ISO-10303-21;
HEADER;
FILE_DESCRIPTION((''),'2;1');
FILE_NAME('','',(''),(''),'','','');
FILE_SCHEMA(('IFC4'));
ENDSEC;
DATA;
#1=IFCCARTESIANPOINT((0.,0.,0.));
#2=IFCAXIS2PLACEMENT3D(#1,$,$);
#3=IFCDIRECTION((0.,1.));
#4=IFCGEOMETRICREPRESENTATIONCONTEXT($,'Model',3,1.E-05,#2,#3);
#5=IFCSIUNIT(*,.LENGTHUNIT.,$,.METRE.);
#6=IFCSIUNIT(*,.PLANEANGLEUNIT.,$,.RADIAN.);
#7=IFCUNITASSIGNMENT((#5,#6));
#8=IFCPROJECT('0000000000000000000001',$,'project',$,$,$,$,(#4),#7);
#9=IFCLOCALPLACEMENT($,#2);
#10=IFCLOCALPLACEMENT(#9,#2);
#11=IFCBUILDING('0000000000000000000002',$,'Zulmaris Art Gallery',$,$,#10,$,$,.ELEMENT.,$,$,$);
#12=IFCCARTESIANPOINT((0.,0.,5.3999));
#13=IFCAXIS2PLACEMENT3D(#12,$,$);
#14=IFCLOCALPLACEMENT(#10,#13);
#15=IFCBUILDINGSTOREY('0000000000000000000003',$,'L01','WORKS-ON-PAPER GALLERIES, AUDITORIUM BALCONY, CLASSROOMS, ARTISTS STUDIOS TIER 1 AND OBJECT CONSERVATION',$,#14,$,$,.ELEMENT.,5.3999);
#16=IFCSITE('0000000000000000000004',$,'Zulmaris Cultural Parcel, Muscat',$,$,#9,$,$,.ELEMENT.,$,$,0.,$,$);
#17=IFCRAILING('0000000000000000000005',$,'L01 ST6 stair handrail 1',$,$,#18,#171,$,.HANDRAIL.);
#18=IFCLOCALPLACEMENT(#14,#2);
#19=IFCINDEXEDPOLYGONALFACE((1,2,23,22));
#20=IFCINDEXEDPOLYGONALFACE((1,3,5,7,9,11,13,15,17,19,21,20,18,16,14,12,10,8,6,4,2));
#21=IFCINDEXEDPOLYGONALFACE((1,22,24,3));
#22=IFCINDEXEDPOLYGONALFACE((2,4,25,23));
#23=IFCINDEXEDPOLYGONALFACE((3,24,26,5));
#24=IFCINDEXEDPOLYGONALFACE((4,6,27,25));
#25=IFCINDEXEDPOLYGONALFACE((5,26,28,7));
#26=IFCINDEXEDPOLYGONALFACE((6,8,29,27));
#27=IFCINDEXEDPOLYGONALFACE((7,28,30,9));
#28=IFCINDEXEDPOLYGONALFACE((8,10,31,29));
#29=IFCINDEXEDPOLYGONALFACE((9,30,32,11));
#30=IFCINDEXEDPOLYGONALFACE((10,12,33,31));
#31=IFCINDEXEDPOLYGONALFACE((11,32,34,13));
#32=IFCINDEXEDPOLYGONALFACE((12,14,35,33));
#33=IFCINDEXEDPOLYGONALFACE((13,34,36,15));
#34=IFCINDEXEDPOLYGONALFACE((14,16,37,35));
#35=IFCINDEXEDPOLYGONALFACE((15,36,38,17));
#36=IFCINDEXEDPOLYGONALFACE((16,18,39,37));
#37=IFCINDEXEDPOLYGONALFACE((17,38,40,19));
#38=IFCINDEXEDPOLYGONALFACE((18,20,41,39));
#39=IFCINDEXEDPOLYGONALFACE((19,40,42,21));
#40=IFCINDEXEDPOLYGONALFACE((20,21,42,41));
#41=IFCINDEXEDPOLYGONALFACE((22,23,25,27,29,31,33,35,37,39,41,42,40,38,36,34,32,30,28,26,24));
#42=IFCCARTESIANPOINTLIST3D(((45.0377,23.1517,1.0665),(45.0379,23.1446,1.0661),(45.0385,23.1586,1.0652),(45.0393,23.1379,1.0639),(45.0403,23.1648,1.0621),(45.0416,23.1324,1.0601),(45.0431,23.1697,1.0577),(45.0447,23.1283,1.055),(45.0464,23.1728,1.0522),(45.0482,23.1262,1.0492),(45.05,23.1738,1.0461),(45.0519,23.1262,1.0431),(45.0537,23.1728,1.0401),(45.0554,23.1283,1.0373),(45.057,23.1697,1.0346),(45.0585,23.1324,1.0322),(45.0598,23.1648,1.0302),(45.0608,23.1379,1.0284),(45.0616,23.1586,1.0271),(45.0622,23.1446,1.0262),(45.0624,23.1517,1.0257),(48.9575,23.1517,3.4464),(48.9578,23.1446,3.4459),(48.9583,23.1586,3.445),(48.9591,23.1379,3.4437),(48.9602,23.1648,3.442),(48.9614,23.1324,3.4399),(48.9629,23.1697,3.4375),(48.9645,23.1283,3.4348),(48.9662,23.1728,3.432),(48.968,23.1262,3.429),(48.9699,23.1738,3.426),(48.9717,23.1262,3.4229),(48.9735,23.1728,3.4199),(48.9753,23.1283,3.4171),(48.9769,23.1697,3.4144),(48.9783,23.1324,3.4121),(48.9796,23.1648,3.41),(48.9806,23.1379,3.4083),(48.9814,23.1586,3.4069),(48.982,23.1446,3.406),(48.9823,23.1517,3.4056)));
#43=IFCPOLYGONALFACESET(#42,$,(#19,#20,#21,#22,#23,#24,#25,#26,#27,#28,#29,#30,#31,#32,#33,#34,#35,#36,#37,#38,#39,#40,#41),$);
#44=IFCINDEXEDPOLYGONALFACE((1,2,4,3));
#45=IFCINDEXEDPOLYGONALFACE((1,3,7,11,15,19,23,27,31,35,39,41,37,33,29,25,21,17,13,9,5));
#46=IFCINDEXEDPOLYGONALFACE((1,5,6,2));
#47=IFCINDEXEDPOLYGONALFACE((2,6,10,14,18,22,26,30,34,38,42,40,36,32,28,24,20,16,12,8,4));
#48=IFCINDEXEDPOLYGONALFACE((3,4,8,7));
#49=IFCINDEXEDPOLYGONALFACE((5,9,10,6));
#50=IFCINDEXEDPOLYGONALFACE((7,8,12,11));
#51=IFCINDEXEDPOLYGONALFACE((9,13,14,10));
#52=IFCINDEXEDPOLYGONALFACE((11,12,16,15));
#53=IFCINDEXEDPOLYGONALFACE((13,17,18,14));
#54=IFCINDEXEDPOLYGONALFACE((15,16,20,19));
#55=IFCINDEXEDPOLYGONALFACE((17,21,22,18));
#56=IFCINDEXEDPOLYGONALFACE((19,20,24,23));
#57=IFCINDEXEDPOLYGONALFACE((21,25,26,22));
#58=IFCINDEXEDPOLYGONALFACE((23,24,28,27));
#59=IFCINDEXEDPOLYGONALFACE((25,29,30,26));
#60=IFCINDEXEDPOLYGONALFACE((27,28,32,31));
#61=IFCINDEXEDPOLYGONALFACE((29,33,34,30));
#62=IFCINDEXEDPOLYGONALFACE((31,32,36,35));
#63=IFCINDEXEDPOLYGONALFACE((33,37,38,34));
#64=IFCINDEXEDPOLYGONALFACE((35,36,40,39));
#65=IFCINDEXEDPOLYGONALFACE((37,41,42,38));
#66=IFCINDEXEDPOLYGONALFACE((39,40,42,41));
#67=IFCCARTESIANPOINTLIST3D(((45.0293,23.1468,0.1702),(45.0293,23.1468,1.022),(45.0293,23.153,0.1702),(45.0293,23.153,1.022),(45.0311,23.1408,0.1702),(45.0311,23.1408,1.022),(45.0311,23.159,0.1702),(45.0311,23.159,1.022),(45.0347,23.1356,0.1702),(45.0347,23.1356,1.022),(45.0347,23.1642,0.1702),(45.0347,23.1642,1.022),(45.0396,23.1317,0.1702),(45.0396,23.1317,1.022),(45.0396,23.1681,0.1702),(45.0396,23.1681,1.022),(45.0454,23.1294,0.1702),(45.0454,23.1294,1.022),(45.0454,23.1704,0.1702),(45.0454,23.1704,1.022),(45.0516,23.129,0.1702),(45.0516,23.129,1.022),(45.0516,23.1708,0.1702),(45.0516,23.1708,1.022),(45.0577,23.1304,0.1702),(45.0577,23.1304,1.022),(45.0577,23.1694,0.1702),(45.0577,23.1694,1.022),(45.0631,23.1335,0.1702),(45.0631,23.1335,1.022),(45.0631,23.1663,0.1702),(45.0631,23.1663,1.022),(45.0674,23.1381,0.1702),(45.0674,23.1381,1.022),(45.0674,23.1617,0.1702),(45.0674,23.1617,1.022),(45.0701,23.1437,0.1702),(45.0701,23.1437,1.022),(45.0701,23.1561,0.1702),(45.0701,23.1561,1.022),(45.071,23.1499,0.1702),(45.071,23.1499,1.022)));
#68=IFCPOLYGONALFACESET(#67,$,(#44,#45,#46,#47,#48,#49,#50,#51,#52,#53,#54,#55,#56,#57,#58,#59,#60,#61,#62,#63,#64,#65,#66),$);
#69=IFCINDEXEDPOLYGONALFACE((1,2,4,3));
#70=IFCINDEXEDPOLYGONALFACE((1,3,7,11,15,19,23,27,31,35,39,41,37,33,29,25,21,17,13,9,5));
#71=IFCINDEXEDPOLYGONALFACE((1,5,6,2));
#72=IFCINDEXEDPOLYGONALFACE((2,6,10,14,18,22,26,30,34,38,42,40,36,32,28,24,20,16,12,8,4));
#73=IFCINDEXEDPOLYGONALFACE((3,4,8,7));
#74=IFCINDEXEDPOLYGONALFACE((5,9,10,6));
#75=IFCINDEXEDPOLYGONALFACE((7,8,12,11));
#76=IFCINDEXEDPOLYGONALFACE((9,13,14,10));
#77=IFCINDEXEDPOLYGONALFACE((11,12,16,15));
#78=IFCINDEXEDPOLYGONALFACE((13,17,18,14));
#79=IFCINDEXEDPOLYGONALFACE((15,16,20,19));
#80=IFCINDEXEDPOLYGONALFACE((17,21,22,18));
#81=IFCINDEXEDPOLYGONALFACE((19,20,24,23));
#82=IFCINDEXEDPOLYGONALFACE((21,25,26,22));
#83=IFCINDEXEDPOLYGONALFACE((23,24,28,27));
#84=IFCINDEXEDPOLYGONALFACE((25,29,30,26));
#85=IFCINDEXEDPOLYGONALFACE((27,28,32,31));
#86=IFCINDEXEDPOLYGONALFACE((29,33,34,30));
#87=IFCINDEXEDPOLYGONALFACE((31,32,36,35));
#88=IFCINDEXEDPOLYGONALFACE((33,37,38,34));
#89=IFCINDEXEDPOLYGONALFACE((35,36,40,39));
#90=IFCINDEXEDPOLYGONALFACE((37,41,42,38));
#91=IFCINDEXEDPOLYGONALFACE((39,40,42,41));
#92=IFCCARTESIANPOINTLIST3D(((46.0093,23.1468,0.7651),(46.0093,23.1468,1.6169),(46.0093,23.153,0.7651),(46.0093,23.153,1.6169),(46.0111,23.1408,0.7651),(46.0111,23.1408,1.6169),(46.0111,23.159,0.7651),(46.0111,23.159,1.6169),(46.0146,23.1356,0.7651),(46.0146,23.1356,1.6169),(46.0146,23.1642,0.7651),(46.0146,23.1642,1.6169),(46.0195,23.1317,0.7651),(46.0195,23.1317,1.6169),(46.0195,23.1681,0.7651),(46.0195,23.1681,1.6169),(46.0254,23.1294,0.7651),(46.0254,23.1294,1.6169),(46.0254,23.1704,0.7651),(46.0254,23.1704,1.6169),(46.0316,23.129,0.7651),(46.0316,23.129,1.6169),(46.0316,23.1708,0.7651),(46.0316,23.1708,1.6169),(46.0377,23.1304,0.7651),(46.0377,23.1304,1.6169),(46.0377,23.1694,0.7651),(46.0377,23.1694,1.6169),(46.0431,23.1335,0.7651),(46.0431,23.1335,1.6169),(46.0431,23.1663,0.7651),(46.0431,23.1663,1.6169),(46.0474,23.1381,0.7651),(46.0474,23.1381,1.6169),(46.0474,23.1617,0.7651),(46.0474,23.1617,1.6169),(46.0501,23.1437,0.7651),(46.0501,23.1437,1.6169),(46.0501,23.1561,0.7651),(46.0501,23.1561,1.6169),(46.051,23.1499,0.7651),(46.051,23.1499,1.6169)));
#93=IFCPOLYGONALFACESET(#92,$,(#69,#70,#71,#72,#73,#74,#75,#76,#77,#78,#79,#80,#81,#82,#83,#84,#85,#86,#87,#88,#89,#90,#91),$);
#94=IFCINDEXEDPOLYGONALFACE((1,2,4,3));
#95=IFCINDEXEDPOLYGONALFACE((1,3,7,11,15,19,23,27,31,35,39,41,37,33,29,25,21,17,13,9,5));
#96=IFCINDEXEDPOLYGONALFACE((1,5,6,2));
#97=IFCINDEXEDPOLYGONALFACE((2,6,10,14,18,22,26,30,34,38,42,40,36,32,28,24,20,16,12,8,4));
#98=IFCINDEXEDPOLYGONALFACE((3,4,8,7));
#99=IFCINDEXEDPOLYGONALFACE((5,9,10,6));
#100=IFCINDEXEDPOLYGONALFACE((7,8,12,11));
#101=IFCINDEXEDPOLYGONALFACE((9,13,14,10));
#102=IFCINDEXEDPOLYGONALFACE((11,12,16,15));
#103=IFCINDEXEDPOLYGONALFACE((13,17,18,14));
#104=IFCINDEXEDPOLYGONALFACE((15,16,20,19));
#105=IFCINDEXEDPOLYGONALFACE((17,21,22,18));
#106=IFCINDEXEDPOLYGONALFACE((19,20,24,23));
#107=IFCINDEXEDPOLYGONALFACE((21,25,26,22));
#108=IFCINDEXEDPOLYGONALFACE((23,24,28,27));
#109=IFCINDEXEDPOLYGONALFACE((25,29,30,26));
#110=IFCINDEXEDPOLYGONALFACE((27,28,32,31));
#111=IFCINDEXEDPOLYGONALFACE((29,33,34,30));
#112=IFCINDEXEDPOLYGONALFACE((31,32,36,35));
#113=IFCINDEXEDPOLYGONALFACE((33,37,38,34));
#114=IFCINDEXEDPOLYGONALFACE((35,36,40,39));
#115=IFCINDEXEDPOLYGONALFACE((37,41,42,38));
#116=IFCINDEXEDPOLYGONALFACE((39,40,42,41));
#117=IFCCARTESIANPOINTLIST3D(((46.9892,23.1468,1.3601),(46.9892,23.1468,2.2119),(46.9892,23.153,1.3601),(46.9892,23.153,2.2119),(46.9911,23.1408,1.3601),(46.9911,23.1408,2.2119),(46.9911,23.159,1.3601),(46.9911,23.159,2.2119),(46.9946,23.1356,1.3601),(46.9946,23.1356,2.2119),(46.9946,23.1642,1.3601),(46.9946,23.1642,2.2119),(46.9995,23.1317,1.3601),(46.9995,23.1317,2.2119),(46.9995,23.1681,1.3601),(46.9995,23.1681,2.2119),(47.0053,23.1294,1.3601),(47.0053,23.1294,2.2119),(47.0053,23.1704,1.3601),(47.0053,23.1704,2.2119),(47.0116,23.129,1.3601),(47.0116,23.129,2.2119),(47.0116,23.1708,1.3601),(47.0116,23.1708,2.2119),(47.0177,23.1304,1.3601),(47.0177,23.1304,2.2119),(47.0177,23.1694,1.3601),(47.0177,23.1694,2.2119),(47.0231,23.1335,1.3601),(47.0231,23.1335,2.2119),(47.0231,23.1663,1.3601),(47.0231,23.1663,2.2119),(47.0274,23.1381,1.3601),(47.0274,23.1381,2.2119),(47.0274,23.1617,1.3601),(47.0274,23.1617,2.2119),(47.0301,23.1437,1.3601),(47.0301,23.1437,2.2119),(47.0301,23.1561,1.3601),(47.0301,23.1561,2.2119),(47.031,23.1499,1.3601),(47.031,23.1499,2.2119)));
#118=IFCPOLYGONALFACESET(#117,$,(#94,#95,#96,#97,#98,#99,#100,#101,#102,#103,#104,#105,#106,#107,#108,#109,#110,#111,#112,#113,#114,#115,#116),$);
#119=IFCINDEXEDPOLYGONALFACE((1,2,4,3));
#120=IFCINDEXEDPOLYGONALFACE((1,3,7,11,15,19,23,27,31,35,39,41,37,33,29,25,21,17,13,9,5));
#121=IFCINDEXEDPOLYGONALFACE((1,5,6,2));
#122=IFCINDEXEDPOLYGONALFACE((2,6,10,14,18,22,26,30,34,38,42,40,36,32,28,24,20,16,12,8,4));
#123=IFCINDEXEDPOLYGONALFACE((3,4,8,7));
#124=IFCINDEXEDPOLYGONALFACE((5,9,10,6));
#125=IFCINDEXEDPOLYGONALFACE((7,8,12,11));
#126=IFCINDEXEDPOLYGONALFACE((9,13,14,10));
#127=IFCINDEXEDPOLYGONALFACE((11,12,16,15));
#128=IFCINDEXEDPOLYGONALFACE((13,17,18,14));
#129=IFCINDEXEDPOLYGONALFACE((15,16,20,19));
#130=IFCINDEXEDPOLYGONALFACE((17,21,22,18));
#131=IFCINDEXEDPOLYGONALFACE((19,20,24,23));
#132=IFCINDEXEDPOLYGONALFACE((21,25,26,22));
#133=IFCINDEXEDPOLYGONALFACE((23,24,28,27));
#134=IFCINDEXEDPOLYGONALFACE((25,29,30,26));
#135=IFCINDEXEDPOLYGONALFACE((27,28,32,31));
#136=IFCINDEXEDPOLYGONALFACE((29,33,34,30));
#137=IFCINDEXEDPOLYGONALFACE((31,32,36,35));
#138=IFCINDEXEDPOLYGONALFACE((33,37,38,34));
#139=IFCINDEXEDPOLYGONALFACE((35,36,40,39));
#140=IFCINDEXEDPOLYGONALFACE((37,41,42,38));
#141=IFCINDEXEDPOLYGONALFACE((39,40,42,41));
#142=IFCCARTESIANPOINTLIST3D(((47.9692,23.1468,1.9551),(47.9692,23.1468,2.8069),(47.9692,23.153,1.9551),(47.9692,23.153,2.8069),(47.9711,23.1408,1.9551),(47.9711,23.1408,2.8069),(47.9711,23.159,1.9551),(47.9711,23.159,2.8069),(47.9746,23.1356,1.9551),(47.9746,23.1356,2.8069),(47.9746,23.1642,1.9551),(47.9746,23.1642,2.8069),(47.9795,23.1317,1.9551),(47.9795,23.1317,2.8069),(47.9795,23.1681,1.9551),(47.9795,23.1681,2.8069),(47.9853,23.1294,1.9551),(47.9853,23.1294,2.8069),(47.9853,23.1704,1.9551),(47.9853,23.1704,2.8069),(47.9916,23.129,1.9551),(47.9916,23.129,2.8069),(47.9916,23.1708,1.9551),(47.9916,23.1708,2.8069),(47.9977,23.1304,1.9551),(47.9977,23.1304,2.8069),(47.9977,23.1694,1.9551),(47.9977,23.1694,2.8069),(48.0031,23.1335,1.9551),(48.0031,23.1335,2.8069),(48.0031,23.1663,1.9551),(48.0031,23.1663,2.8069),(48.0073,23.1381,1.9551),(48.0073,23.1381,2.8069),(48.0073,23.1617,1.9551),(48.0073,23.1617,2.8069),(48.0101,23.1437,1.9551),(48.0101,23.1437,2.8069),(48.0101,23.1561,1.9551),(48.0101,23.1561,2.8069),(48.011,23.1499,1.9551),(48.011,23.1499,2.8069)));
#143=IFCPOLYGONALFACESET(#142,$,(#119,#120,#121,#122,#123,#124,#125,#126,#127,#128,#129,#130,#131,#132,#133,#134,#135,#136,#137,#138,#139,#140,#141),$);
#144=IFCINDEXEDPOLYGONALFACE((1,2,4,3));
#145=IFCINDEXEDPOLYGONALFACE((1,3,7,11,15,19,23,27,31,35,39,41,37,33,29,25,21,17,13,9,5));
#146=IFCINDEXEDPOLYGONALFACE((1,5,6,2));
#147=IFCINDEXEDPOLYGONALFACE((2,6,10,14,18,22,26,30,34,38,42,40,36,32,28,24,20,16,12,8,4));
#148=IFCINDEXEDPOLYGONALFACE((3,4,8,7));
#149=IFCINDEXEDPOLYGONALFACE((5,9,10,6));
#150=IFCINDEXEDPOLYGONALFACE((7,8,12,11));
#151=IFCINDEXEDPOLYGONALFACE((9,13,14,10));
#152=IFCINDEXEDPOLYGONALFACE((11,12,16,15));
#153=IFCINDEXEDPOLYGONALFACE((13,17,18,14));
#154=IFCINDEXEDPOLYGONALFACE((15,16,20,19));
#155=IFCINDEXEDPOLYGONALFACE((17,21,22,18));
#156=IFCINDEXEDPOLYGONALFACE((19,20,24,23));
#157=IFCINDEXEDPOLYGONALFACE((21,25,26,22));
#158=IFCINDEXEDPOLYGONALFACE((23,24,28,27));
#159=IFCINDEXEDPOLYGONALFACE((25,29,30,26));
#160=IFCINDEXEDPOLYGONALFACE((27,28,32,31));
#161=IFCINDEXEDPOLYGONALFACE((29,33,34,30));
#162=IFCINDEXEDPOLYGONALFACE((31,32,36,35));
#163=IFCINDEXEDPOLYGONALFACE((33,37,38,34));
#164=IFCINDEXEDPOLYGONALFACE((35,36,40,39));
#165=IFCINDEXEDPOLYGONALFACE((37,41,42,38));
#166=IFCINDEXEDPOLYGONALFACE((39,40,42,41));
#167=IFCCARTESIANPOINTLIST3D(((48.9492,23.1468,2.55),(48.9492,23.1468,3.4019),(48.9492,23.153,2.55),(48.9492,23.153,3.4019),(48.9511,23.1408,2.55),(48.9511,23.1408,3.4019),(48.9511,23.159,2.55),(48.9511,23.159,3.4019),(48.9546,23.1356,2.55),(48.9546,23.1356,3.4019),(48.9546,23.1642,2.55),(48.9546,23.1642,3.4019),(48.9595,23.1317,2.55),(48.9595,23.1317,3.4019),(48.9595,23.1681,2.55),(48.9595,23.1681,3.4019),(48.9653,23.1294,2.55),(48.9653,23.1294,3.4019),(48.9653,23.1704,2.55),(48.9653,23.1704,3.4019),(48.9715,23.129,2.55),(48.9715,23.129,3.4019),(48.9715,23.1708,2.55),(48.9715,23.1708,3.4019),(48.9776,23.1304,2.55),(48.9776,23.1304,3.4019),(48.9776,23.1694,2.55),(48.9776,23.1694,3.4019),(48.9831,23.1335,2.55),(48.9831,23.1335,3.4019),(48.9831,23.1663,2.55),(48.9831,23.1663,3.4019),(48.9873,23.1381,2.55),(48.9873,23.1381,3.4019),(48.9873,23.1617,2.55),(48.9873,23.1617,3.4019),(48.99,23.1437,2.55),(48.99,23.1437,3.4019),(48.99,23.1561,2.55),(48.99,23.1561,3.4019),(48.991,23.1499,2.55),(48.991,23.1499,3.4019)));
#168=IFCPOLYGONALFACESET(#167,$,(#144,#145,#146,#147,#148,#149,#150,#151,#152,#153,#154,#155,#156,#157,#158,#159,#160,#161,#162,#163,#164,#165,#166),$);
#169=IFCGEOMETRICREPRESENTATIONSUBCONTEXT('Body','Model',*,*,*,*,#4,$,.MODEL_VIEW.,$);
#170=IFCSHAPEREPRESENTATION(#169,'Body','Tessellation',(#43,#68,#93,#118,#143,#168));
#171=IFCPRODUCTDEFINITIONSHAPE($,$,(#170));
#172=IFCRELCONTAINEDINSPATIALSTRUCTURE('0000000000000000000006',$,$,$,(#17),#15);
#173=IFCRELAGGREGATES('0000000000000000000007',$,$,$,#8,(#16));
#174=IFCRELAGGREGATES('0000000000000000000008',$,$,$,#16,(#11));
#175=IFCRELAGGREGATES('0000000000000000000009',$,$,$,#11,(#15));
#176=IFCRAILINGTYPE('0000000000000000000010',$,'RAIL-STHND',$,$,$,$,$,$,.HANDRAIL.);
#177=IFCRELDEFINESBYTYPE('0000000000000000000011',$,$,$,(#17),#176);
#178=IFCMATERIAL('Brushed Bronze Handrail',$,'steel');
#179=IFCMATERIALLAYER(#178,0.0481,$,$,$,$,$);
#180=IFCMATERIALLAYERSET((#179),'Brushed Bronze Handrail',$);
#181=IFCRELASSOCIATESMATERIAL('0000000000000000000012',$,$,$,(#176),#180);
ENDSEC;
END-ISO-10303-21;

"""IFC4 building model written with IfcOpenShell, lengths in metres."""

from ifc_helpers import new_model, si_unit, direction, frame, origin, origin_2d, place, context, subcontext, project, spatial, circle, extrude, material, layer, layer_set, type_object, element, save


model = new_model("IFC4")

# Units and contexts
model_context = context("Model", 3, precision=1e-05, world=origin(), true_north=direction((0.0, 1.0)))
body_context = subcontext(model_context, "Body", "Model", "MODEL_VIEW")
ifc_project = project(units=[si_unit("LENGTHUNIT", "METRE"), si_unit("PLANEANGLEUNIT", "RADIAN")], contexts=[model_context])

# Site, building, storey
site_placement = place(None, origin())
site = spatial("IfcSite", under=ifc_project, at=site_placement, Name="Zulmaris Cultural Parcel, Muscat", CompositionType="ELEMENT", RefElevation=0.0)
building_placement = place(site_placement, origin())
building = spatial("IfcBuilding", under=site, at=building_placement, Name="Zulmaris Art Gallery", CompositionType="ELEMENT")
storey_placement = place(building_placement, frame((0.0, 0.0, 5.3999)))
storey = spatial("IfcBuildingStorey", under=building, at=storey_placement, Name="L01", Description="WORKS-ON-PAPER GALLERIES, AUDITORIUM BALCONY, CLASSROOMS, ARTISTS STUDIOS TIER 1 AND OBJECT CONSERVATION", CompositionType="ELEMENT", Elevation=5.3999)

# Railing
ifc_material_1 = material(Name="Brushed Bronze Handrail", Category="steel")
ifc_layer_1 = layer(ifc_material_1, 0.0481)
ifc_layer_set_1 = layer_set([ifc_layer_1], Name="Brushed Bronze Handrail")
railing_type_1 = type_object("IfcRailingType", Name="RAIL-STHND", PredefinedType="HANDRAIL", material=ifc_layer_set_1)
for number, where, name in (
    (1, (45.05, 23.1499, 0.1702), "L01 ST6 stair handrail 1"),
):
    element("IfcRailing", number, at=place(storey_placement, frame(where)), inside=storey, type_object=railing_type_1, Name=name, PredefinedType="HANDRAIL", context=body_context, shape_type="SweptSolid", body=[
        extrude(circle(Radius=0.0239, at=origin_2d()), frame((0.0, 0.0, 0.876), z_axis=(0.854794, 0.0, 0.518967), x_axis=(0.0, 1.0, 0.0)), (0.0, 0.0, 1.0), 4.5857),
        extrude(circle(Radius=0.021, at=origin_2d()), origin(), (0.0, 0.0, 1.0), 0.8518),
        extrude(circle(Radius=0.021, at=origin_2d()), frame((0.98, 0.0, 0.595)), (0.0, 0.0, 1.0), 0.8518),
        extrude(circle(Radius=0.021, at=origin_2d()), frame((1.96, 0.0, 1.1899)), (0.0, 0.0, 1.0), 0.8518),
        extrude(circle(Radius=0.021, at=origin_2d()), frame((2.9399, 0.0, 1.7849)), (0.0, 0.0, 1.0), 0.8518),
        extrude(circle(Radius=0.021, at=origin_2d()), frame((3.9199, 0.0, 2.3799)), (0.0, 0.0, 1.0), 0.8518),
    ])

save(model, "model.ifc")
